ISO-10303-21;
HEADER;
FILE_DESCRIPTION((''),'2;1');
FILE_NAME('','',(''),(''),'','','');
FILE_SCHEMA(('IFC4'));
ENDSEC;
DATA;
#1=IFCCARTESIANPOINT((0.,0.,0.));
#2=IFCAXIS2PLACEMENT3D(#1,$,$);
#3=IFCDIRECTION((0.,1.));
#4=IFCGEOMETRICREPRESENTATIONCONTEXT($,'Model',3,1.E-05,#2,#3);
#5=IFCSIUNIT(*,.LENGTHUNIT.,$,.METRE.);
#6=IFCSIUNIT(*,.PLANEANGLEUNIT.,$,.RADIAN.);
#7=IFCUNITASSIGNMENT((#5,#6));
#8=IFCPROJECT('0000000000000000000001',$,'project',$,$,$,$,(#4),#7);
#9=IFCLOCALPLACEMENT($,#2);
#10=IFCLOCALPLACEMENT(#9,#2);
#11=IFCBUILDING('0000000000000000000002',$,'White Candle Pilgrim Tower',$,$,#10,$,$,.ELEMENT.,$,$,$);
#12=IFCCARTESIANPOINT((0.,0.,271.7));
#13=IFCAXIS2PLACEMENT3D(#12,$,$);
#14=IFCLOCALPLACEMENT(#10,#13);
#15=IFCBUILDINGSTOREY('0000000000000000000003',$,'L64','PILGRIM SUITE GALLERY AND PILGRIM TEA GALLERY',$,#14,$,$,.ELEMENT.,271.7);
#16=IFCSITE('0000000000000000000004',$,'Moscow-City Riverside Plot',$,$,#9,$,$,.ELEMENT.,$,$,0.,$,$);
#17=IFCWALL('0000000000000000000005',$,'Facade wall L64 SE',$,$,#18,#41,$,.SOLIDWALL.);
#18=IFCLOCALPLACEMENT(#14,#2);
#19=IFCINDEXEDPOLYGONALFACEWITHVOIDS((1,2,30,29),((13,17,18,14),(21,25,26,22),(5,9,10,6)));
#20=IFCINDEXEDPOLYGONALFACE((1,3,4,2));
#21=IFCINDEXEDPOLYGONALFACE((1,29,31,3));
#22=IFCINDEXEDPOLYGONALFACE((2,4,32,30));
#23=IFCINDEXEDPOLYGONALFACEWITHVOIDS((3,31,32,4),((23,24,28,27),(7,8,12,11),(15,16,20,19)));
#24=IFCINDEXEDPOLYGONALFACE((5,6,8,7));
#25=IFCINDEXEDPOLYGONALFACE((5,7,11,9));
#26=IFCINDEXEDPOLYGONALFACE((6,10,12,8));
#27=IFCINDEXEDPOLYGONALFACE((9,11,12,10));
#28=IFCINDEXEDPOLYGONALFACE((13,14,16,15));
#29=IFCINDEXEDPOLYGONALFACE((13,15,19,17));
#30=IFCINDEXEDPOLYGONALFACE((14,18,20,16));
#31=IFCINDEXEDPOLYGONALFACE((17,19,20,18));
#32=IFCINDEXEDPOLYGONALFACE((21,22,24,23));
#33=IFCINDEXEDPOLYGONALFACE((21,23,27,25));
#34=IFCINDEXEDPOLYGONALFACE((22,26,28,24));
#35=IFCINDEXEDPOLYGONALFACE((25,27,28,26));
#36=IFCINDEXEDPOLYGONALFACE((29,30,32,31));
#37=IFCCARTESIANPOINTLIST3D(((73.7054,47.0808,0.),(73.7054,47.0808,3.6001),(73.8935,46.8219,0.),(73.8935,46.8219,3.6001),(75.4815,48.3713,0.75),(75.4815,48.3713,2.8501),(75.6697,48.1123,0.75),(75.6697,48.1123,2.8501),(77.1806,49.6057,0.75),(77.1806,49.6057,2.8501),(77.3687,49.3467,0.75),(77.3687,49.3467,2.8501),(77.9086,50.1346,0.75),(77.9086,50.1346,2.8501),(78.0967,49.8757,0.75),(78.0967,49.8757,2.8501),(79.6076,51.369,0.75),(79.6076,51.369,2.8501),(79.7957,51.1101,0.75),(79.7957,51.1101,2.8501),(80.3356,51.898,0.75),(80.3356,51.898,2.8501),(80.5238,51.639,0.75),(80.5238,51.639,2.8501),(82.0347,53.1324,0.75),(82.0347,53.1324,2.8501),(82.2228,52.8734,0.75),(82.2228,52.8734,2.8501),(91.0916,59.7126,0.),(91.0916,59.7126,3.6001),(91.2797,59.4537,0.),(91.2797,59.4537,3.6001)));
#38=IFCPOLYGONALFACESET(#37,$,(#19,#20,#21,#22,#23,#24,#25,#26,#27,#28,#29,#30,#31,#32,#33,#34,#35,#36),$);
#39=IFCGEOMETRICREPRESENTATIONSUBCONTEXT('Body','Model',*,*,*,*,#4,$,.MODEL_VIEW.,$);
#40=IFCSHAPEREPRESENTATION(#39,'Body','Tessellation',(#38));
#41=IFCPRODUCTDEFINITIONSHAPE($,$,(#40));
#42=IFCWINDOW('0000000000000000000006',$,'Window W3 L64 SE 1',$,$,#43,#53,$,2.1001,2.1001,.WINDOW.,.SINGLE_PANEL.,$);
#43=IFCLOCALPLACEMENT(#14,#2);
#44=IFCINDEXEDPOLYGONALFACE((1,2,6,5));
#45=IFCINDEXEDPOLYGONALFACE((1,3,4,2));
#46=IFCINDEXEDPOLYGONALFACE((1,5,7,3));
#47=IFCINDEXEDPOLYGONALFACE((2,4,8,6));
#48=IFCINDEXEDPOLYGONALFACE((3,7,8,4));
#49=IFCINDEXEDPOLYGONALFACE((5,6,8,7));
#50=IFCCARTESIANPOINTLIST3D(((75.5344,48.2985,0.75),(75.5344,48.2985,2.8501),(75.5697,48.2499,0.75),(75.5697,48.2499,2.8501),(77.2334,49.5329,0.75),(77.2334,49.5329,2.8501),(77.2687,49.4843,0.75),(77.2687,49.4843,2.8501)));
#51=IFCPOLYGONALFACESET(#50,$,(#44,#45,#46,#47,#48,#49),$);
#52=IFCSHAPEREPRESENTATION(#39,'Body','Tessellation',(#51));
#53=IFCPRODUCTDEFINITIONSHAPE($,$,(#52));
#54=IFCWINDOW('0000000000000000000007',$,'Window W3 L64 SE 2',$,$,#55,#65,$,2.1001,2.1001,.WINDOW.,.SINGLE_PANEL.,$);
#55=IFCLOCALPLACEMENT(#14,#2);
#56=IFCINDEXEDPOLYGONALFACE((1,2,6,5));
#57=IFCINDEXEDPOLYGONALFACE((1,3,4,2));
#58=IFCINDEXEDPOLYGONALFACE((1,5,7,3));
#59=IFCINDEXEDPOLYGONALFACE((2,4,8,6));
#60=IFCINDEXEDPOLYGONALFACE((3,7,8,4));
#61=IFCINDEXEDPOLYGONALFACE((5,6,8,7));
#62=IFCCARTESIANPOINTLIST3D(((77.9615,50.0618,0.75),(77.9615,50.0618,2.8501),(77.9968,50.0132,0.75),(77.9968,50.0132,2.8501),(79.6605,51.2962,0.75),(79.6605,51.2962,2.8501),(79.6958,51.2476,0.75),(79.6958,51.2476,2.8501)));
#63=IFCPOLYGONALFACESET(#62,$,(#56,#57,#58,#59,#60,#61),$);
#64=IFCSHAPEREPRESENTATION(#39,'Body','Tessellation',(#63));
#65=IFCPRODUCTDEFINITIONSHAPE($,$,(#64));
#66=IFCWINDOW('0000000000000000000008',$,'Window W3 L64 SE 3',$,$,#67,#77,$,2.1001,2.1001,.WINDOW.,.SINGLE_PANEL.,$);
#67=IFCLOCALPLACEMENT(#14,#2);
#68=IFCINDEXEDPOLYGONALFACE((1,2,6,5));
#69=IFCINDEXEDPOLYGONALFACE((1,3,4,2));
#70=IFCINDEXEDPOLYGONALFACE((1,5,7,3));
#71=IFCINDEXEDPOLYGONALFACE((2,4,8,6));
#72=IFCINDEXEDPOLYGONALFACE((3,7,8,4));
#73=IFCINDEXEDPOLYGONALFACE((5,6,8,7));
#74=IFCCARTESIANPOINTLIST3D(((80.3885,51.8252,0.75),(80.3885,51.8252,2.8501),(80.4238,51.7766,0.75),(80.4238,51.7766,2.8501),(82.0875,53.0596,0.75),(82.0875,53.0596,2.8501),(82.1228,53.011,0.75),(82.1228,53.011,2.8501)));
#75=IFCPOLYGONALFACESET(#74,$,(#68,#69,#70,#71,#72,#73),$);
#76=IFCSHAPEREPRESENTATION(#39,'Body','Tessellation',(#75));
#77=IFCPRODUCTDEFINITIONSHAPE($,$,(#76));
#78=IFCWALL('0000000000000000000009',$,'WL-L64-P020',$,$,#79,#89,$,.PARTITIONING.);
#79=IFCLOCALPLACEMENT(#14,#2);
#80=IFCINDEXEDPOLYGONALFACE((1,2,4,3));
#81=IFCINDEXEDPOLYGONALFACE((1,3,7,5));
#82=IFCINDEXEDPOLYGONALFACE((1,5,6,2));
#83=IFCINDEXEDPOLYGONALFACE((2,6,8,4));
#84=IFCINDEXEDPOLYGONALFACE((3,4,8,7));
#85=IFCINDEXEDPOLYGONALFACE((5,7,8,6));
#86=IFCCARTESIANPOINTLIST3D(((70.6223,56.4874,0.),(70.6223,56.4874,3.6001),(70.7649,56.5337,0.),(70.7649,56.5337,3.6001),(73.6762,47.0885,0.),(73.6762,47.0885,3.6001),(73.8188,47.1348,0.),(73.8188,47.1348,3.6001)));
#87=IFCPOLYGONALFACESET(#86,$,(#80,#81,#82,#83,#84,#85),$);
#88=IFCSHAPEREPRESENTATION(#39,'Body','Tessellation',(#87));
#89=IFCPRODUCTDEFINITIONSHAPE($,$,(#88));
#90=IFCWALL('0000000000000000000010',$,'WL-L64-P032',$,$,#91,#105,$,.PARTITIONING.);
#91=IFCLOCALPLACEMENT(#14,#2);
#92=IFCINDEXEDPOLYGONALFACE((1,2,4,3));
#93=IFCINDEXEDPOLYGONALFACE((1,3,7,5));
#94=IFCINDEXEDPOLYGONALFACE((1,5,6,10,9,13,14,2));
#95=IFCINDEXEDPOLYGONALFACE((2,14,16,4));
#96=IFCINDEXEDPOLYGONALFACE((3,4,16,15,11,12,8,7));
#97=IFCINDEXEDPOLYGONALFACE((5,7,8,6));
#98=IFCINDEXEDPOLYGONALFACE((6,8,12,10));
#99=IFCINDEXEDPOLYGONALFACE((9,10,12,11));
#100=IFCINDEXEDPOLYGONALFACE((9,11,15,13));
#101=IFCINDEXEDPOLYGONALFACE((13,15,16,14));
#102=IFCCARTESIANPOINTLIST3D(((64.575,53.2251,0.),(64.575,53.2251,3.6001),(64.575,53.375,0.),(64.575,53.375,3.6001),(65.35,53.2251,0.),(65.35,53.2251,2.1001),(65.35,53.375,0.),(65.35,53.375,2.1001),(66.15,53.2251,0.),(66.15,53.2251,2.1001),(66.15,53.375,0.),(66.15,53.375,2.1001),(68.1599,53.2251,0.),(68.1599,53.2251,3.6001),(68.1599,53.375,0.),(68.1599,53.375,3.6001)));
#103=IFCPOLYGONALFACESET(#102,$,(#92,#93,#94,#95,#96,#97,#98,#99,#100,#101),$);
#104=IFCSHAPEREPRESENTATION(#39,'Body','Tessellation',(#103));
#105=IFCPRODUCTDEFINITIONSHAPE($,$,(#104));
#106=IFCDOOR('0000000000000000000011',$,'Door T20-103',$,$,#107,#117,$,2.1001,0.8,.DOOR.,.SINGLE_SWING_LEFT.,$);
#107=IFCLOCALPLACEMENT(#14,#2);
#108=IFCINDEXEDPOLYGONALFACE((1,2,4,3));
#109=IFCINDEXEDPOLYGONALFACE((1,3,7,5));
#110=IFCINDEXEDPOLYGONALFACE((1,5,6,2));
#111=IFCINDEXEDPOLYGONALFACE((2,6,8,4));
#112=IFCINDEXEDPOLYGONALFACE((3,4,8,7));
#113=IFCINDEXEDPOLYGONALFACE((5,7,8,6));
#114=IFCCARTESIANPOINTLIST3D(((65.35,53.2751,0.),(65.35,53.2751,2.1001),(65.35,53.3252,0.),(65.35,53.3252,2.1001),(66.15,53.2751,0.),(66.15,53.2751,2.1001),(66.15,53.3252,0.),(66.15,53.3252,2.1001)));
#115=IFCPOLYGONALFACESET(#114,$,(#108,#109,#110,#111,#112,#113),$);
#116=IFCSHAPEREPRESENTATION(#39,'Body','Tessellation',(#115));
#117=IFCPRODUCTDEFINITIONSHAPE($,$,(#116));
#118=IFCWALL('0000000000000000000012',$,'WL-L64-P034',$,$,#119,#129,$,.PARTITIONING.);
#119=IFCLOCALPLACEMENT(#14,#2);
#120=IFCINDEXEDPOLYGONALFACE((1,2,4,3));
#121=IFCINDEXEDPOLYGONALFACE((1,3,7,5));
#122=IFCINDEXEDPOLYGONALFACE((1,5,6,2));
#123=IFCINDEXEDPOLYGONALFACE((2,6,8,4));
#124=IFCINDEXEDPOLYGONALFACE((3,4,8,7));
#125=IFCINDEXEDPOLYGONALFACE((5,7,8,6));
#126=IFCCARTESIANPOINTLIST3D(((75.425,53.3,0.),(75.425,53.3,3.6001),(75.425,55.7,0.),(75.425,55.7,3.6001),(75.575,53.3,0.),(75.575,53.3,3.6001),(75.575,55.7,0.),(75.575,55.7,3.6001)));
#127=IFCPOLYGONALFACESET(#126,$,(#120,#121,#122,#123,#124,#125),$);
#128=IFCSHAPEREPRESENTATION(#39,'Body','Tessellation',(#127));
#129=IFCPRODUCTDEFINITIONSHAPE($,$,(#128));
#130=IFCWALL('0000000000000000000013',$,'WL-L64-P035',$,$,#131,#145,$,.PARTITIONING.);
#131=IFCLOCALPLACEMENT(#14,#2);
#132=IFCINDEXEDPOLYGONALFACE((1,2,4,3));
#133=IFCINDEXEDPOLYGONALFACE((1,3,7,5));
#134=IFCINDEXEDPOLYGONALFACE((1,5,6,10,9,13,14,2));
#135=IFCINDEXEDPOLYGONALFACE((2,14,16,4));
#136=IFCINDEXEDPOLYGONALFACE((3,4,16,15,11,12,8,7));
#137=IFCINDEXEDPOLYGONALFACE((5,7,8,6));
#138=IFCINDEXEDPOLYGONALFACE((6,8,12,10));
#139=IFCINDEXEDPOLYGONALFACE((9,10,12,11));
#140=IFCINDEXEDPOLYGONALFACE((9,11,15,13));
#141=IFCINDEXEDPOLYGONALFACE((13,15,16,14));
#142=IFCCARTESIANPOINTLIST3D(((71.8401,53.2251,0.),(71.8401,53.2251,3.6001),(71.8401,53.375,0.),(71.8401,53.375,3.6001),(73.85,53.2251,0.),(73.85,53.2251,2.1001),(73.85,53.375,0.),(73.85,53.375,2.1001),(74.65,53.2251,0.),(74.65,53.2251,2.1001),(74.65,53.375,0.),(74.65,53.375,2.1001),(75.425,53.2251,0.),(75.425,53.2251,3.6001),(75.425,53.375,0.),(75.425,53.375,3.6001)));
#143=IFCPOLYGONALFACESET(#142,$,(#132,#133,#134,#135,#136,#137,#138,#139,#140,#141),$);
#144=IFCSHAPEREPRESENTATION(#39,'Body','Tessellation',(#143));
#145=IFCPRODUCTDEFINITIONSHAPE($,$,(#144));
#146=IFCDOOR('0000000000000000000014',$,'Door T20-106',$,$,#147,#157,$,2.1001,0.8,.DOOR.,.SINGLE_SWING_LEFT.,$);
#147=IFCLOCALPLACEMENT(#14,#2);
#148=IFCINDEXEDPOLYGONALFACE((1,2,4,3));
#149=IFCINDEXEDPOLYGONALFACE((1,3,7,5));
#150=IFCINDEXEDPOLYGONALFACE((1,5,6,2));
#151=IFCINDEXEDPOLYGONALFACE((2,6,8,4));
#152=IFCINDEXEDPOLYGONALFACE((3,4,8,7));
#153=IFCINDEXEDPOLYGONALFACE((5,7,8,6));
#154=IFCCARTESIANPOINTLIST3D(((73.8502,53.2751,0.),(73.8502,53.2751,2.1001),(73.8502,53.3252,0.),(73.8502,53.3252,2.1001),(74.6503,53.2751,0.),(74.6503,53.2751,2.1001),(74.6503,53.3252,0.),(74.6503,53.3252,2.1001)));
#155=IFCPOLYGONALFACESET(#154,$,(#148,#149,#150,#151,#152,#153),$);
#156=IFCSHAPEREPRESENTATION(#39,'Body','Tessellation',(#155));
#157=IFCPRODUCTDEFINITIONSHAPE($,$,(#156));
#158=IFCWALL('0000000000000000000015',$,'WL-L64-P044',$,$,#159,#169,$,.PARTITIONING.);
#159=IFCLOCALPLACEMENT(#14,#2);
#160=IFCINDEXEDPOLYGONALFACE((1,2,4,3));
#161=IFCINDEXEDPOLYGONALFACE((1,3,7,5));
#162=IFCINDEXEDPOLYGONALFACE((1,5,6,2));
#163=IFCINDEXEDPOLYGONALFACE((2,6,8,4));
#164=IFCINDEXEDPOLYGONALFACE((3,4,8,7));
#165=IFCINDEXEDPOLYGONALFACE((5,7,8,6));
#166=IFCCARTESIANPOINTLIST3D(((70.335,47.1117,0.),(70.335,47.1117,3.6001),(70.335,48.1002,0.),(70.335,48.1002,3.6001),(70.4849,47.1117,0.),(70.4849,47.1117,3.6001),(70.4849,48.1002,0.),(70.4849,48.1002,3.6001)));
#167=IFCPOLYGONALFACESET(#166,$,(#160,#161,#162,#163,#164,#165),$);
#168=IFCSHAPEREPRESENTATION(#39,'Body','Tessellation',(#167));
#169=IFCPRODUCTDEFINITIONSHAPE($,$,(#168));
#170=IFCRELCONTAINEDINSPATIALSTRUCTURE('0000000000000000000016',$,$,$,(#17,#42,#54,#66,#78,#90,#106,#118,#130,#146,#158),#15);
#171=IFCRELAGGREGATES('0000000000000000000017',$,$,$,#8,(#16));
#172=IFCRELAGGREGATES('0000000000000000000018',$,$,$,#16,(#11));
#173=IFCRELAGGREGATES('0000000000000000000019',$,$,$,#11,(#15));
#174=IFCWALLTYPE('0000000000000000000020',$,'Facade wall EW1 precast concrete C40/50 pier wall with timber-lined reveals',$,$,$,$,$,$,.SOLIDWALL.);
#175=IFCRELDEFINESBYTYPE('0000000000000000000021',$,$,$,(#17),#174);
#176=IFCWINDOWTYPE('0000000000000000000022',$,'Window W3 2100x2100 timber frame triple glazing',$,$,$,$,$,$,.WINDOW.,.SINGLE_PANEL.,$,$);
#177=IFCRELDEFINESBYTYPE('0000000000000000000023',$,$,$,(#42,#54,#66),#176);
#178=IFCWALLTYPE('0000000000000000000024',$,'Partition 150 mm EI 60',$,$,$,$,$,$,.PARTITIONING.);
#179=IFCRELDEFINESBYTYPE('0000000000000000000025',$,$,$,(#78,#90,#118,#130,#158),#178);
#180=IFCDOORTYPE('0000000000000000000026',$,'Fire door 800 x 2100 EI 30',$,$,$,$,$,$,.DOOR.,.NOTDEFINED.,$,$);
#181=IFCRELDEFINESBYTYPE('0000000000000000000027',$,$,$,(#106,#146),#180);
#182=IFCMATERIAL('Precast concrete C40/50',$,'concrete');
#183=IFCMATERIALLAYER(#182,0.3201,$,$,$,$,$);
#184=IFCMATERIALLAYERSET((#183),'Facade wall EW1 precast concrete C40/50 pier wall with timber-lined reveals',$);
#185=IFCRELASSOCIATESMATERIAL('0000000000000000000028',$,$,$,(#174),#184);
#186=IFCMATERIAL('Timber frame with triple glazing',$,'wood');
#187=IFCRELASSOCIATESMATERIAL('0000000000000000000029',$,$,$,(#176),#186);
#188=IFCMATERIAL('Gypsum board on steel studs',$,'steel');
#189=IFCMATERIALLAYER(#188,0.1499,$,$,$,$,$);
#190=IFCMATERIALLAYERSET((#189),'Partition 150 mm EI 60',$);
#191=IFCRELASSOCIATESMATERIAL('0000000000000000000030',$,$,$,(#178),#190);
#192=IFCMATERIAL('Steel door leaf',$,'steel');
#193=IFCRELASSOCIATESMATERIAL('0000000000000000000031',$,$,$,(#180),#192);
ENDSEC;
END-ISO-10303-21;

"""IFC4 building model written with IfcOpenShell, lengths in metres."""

from ifc_helpers import new_model, si_unit, direction, frame, frame_2d, origin, place, context, subcontext, project, spatial, rectangle, extrude, material, layer, layer_set, type_object, element, fill, save


model = new_model("IFC4")

# Units and contexts
model_context = context("Model", 3, precision=1e-05, world=origin(), true_north=direction((0.0, 1.0)))
body_context = subcontext(model_context, "Body", "Model", "MODEL_VIEW")
ifc_project = project(units=[si_unit("LENGTHUNIT", "METRE"), si_unit("PLANEANGLEUNIT", "RADIAN")], contexts=[model_context])

# Site, building, storey
site_placement = place(None, origin())
site = spatial("IfcSite", under=ifc_project, at=site_placement, Name="Moscow-City Riverside Plot", CompositionType="ELEMENT", RefElevation=0.0)
building_placement = place(site_placement, origin())
building = spatial("IfcBuilding", under=site, at=building_placement, Name="White Candle Pilgrim Tower", CompositionType="ELEMENT")
storey_placement = place(building_placement, frame((0.0, 0.0, 271.7)))
storey = spatial("IfcBuildingStorey", under=building, at=storey_placement, Name="L64", Description="PILGRIM SUITE GALLERY AND PILGRIM TEA GALLERY", CompositionType="ELEMENT", Elevation=271.7)

# Wall, openings, windows
ifc_material_1 = material(Name="Precast concrete C40/50", Category="concrete")
ifc_layer_1 = layer(ifc_material_1, 0.3201)
ifc_layer_set_1 = layer_set([ifc_layer_1], Name="Facade wall EW1 precast concrete C40/50 pier wall with timber-lined reveals")
wall_type_1 = type_object("IfcWallType", Name="Facade wall EW1 precast concrete C40/50 pier wall with timber-lined reveals", PredefinedType="SOLIDWALL", material=ifc_layer_set_1)
wall_1_placement = place(storey_placement, frame((73.7996, 46.9514, 0.0), z_axis=(0.0, 0.0, 1.0), x_axis=(0.809017, 0.587785, 0.0)))
wall_1 = element("IfcWall", 1, at=wall_1_placement, inside=storey, type_object=wall_type_1, Name="Facade wall L64 SE", PredefinedType="SOLIDWALL", context=body_context, shape_type="SweptSolid", body=[
    extrude(rectangle(XDim=21.4905, YDim=0.3201, at=frame_2d((10.7451, 0.0))), origin(), (0.0, 0.0, 1.0), 3.6001),
])
opening_1_placement = place(wall_1_placement, frame((2.1953, 0.0, 0.75)))
opening_1 = element("IfcOpeningElement", 2, at=opening_1_placement, cuts=wall_1, PredefinedType="OPENING", context=body_context, shape_type="SweptSolid", body=[
    extrude(rectangle(XDim=2.1001, YDim=2.1001, at=frame_2d((1.05, 1.05))), frame((0.0, 0.1699, 0.0), z_axis=(0.0, -1.0, 0.0), x_axis=(1.0, 0.0, 0.0)), (0.0, 0.0, 1.0), 0.3401),
])
opening_2_placement = place(wall_1_placement, frame((5.1953, 0.0, 0.75)))
opening_2 = element("IfcOpeningElement", 3, at=opening_2_placement, cuts=wall_1, PredefinedType="OPENING", context=body_context, shape_type="SweptSolid", body=[
    extrude(rectangle(XDim=2.1001, YDim=2.1001, at=frame_2d((1.05, 1.05))), frame((0.0, 0.1699, 0.0), z_axis=(0.0, -1.0, 0.0), x_axis=(1.0, 0.0, 0.0)), (0.0, 0.0, 1.0), 0.3401),
])
opening_3_placement = place(wall_1_placement, frame((8.1953, 0.0, 0.75)))
opening_3 = element("IfcOpeningElement", 4, at=opening_3_placement, cuts=wall_1, PredefinedType="OPENING", context=body_context, shape_type="SweptSolid", body=[
    extrude(rectangle(XDim=2.1001, YDim=2.1001, at=frame_2d((1.05, 1.05))), frame((0.0, 0.1699, 0.0), z_axis=(0.0, -1.0, 0.0), x_axis=(1.0, 0.0, 0.0)), (0.0, 0.0, 1.0), 0.3401),
])
ifc_material_2 = material(Name="Timber frame with triple glazing", Category="wood")
window_type = type_object("IfcWindowType", Name="Window W3 2100x2100 timber frame triple glazing", PartitioningType="SINGLE_PANEL", PredefinedType="WINDOW", material=ifc_material_2)
window_1_placement = place(opening_1_placement, origin())
window_1 = element("IfcWindow", 5, at=window_1_placement, inside=storey, type_object=window_type, Name="Window W3 L64 SE 1", OverallHeight=2.1001, OverallWidth=2.1001, PartitioningType="SINGLE_PANEL", PredefinedType="WINDOW", context=body_context, shape_type="SweptSolid", body=[
    extrude(rectangle(XDim=2.1001, YDim=2.1001, at=frame_2d((1.05, 1.05))), frame((0.0, 0.0701, 0.0), z_axis=(0.0, -1.0, 0.0), x_axis=(1.0, 0.0, 0.0)), (0.0, 0.0, 1.0), 0.0601),
])
fill(opening_1, window_1)
window_2_placement = place(opening_2_placement, origin())
window_2 = element("IfcWindow", 6, at=window_2_placement, inside=storey, type_object=window_type, Name="Window W3 L64 SE 2", OverallHeight=2.1001, OverallWidth=2.1001, PartitioningType="SINGLE_PANEL", PredefinedType="WINDOW", context=body_context, shape_type="SweptSolid", body=[
    extrude(rectangle(XDim=2.1001, YDim=2.1001, at=frame_2d((1.05, 1.05))), frame((0.0, 0.0701, 0.0), z_axis=(0.0, -1.0, 0.0), x_axis=(1.0, 0.0, 0.0)), (0.0, 0.0, 1.0), 0.0601),
])
fill(opening_2, window_2)
window_3_placement = place(opening_3_placement, origin())
window_3 = element("IfcWindow", 7, at=window_3_placement, inside=storey, type_object=window_type, Name="Window W3 L64 SE 3", OverallHeight=2.1001, OverallWidth=2.1001, PartitioningType="SINGLE_PANEL", PredefinedType="WINDOW", context=body_context, shape_type="SweptSolid", body=[
    extrude(rectangle(XDim=2.1001, YDim=2.1001, at=frame_2d((1.05, 1.05))), frame((0.0, 0.0701, 0.0), z_axis=(0.0, -1.0, 0.0), x_axis=(1.0, 0.0, 0.0)), (0.0, 0.0, 1.0), 0.0601),
])
fill(opening_3, window_3)

# Wall
ifc_material_3 = material(Name="Gypsum board on steel studs", Category="steel")
ifc_layer_2 = layer(ifc_material_3, 0.1499)
ifc_layer_set_2 = layer_set([ifc_layer_2], Name="Partition 150 mm EI 60")
wall_type_2 = type_object("IfcWallType", Name="Partition 150 mm EI 60", PredefinedType="PARTITIONING", material=ifc_layer_set_2)
wall_2_placement = place(storey_placement, frame((73.7476, 47.1116, 0.0), z_axis=(0.0, 0.0, 1.0), x_axis=(-0.309022, 0.951055, 0.0)))
element("IfcWall", 8, at=wall_2_placement, inside=storey, type_object=wall_type_2, Name="WL-L64-P020", PredefinedType="PARTITIONING", context=body_context, shape_type="SweptSolid", body=[
    extrude(rectangle(XDim=9.8826, YDim=0.1499, at=frame_2d((4.9414, 0.0))), origin(), (0.0, 0.0, 1.0), 3.6001),
])

# Wall, opening, door
wall_3_placement = place(storey_placement, frame((68.1599, 53.3, 0.0), z_axis=(0.0, 0.0, 1.0), x_axis=(-1.0, 0.0, 0.0)))
wall_3 = element("IfcWall", 9, at=wall_3_placement, inside=storey, type_object=wall_type_2, Name="WL-L64-P032", PredefinedType="PARTITIONING", context=body_context, shape_type="SweptSolid", body=[
    extrude(rectangle(XDim=3.585, YDim=0.1499, at=frame_2d((1.7925, 0.0))), origin(), (0.0, 0.0, 1.0), 3.6001),
])
opening_4_placement = place(wall_3_placement, frame((2.01, 0.0, 0.0)))
opening_4 = element("IfcOpeningElement", 10, at=opening_4_placement, cuts=wall_3, PredefinedType="OPENING", context=body_context, shape_type="SweptSolid", body=[
    extrude(rectangle(XDim=0.8, YDim=2.1001, at=frame_2d((0.3999, 1.05))), frame((0.0, 0.085, 0.0), z_axis=(0.0, -1.0, 0.0), x_axis=(1.0, 0.0, 0.0)), (0.0, 0.0, 1.0), 0.1699),
])
ifc_material_4 = material(Name="Steel door leaf", Category="steel")
door_type = type_object("IfcDoorType", Name="Fire door 800 x 2100 EI 30", OperationType="NOTDEFINED", PredefinedType="DOOR", material=ifc_material_4)
door_1_placement = place(opening_4_placement, origin())
door_1 = element("IfcDoor", 11, at=door_1_placement, inside=storey, type_object=door_type, Name="Door T20-103", OperationType="SINGLE_SWING_LEFT", OverallHeight=2.1001, OverallWidth=0.8, PredefinedType="DOOR", context=body_context, shape_type="SweptSolid", body=[
    extrude(rectangle(XDim=0.8, YDim=2.1001, at=frame_2d((0.3999, 1.05))), frame((0.0, 0.0249, 0.0), z_axis=(0.0, -1.0, 0.0), x_axis=(1.0, 0.0, 0.0)), (0.0, 0.0, 1.0), 0.05),
])
fill(opening_4, door_1)

# Wall
wall_4_placement = place(storey_placement, frame((75.5, 55.7, 0.0), z_axis=(0.0, 0.0, 1.0), x_axis=(0.0, -1.0, 0.0)))
element("IfcWall", 12, at=wall_4_placement, inside=storey, type_object=wall_type_2, Name="WL-L64-P034", PredefinedType="PARTITIONING", context=body_context, shape_type="SweptSolid", body=[
    extrude(rectangle(XDim=2.3999, YDim=0.1499, at=frame_2d((1.2, 0.0))), origin(), (0.0, 0.0, 1.0), 3.6001),
])

# Wall, opening, door
wall_5_placement = place(storey_placement, frame((71.8401, 53.3, 0.0), z_axis=(0.0, 0.0, 1.0), x_axis=(1.0, 0.0, 0.0)))
wall_5 = element("IfcWall", 13, at=wall_5_placement, inside=storey, type_object=wall_type_2, Name="WL-L64-P035", PredefinedType="PARTITIONING", context=body_context, shape_type="SweptSolid", body=[
    extrude(rectangle(XDim=3.585, YDim=0.1499, at=frame_2d((1.7925, 0.0))), origin(), (0.0, 0.0, 1.0), 3.6001),
])
opening_5_placement = place(wall_5_placement, frame((2.01, 0.0, 0.0)))
opening_5 = element("IfcOpeningElement", 14, at=opening_5_placement, cuts=wall_5, PredefinedType="OPENING", context=body_context, shape_type="SweptSolid", body=[
    extrude(rectangle(XDim=0.8, YDim=2.1001, at=frame_2d((0.3999, 1.05))), frame((0.0, 0.085, 0.0), z_axis=(0.0, -1.0, 0.0), x_axis=(1.0, 0.0, 0.0)), (0.0, 0.0, 1.0), 0.1699),
])
door_2_placement = place(opening_5_placement, frame((0.8, 0.0, 0.0), z_axis=(0.0, 0.0, 1.0), x_axis=(-1.0, 0.0, 0.0)))
door_2 = element("IfcDoor", 15, at=door_2_placement, inside=storey, type_object=door_type, Name="Door T20-106", OperationType="SINGLE_SWING_LEFT", OverallHeight=2.1001, OverallWidth=0.8, PredefinedType="DOOR", context=body_context, shape_type="SweptSolid", body=[
    extrude(rectangle(XDim=0.8, YDim=2.1001, at=frame_2d((0.3999, 1.05))), frame((0.0, 0.0249, 0.0), z_axis=(0.0, -1.0, 0.0), x_axis=(1.0, 0.0, 0.0)), (0.0, 0.0, 1.0), 0.05),
])
fill(opening_5, door_2)

# Wall
wall_6_placement = place(storey_placement, frame((70.4099, 48.1001, 0.0), z_axis=(0.0, 0.0, 1.0), x_axis=(0.0, -1.0, 0.0)))
element("IfcWall", 16, at=wall_6_placement, inside=storey, type_object=wall_type_2, Name="WL-L64-P044", PredefinedType="PARTITIONING", context=body_context, shape_type="SweptSolid", body=[
    extrude(rectangle(XDim=0.9885, YDim=0.1499, at=frame_2d((0.4941, 0.0))), origin(), (0.0, 0.0, 1.0), 3.6001),
])

save(model, "model.ifc")
